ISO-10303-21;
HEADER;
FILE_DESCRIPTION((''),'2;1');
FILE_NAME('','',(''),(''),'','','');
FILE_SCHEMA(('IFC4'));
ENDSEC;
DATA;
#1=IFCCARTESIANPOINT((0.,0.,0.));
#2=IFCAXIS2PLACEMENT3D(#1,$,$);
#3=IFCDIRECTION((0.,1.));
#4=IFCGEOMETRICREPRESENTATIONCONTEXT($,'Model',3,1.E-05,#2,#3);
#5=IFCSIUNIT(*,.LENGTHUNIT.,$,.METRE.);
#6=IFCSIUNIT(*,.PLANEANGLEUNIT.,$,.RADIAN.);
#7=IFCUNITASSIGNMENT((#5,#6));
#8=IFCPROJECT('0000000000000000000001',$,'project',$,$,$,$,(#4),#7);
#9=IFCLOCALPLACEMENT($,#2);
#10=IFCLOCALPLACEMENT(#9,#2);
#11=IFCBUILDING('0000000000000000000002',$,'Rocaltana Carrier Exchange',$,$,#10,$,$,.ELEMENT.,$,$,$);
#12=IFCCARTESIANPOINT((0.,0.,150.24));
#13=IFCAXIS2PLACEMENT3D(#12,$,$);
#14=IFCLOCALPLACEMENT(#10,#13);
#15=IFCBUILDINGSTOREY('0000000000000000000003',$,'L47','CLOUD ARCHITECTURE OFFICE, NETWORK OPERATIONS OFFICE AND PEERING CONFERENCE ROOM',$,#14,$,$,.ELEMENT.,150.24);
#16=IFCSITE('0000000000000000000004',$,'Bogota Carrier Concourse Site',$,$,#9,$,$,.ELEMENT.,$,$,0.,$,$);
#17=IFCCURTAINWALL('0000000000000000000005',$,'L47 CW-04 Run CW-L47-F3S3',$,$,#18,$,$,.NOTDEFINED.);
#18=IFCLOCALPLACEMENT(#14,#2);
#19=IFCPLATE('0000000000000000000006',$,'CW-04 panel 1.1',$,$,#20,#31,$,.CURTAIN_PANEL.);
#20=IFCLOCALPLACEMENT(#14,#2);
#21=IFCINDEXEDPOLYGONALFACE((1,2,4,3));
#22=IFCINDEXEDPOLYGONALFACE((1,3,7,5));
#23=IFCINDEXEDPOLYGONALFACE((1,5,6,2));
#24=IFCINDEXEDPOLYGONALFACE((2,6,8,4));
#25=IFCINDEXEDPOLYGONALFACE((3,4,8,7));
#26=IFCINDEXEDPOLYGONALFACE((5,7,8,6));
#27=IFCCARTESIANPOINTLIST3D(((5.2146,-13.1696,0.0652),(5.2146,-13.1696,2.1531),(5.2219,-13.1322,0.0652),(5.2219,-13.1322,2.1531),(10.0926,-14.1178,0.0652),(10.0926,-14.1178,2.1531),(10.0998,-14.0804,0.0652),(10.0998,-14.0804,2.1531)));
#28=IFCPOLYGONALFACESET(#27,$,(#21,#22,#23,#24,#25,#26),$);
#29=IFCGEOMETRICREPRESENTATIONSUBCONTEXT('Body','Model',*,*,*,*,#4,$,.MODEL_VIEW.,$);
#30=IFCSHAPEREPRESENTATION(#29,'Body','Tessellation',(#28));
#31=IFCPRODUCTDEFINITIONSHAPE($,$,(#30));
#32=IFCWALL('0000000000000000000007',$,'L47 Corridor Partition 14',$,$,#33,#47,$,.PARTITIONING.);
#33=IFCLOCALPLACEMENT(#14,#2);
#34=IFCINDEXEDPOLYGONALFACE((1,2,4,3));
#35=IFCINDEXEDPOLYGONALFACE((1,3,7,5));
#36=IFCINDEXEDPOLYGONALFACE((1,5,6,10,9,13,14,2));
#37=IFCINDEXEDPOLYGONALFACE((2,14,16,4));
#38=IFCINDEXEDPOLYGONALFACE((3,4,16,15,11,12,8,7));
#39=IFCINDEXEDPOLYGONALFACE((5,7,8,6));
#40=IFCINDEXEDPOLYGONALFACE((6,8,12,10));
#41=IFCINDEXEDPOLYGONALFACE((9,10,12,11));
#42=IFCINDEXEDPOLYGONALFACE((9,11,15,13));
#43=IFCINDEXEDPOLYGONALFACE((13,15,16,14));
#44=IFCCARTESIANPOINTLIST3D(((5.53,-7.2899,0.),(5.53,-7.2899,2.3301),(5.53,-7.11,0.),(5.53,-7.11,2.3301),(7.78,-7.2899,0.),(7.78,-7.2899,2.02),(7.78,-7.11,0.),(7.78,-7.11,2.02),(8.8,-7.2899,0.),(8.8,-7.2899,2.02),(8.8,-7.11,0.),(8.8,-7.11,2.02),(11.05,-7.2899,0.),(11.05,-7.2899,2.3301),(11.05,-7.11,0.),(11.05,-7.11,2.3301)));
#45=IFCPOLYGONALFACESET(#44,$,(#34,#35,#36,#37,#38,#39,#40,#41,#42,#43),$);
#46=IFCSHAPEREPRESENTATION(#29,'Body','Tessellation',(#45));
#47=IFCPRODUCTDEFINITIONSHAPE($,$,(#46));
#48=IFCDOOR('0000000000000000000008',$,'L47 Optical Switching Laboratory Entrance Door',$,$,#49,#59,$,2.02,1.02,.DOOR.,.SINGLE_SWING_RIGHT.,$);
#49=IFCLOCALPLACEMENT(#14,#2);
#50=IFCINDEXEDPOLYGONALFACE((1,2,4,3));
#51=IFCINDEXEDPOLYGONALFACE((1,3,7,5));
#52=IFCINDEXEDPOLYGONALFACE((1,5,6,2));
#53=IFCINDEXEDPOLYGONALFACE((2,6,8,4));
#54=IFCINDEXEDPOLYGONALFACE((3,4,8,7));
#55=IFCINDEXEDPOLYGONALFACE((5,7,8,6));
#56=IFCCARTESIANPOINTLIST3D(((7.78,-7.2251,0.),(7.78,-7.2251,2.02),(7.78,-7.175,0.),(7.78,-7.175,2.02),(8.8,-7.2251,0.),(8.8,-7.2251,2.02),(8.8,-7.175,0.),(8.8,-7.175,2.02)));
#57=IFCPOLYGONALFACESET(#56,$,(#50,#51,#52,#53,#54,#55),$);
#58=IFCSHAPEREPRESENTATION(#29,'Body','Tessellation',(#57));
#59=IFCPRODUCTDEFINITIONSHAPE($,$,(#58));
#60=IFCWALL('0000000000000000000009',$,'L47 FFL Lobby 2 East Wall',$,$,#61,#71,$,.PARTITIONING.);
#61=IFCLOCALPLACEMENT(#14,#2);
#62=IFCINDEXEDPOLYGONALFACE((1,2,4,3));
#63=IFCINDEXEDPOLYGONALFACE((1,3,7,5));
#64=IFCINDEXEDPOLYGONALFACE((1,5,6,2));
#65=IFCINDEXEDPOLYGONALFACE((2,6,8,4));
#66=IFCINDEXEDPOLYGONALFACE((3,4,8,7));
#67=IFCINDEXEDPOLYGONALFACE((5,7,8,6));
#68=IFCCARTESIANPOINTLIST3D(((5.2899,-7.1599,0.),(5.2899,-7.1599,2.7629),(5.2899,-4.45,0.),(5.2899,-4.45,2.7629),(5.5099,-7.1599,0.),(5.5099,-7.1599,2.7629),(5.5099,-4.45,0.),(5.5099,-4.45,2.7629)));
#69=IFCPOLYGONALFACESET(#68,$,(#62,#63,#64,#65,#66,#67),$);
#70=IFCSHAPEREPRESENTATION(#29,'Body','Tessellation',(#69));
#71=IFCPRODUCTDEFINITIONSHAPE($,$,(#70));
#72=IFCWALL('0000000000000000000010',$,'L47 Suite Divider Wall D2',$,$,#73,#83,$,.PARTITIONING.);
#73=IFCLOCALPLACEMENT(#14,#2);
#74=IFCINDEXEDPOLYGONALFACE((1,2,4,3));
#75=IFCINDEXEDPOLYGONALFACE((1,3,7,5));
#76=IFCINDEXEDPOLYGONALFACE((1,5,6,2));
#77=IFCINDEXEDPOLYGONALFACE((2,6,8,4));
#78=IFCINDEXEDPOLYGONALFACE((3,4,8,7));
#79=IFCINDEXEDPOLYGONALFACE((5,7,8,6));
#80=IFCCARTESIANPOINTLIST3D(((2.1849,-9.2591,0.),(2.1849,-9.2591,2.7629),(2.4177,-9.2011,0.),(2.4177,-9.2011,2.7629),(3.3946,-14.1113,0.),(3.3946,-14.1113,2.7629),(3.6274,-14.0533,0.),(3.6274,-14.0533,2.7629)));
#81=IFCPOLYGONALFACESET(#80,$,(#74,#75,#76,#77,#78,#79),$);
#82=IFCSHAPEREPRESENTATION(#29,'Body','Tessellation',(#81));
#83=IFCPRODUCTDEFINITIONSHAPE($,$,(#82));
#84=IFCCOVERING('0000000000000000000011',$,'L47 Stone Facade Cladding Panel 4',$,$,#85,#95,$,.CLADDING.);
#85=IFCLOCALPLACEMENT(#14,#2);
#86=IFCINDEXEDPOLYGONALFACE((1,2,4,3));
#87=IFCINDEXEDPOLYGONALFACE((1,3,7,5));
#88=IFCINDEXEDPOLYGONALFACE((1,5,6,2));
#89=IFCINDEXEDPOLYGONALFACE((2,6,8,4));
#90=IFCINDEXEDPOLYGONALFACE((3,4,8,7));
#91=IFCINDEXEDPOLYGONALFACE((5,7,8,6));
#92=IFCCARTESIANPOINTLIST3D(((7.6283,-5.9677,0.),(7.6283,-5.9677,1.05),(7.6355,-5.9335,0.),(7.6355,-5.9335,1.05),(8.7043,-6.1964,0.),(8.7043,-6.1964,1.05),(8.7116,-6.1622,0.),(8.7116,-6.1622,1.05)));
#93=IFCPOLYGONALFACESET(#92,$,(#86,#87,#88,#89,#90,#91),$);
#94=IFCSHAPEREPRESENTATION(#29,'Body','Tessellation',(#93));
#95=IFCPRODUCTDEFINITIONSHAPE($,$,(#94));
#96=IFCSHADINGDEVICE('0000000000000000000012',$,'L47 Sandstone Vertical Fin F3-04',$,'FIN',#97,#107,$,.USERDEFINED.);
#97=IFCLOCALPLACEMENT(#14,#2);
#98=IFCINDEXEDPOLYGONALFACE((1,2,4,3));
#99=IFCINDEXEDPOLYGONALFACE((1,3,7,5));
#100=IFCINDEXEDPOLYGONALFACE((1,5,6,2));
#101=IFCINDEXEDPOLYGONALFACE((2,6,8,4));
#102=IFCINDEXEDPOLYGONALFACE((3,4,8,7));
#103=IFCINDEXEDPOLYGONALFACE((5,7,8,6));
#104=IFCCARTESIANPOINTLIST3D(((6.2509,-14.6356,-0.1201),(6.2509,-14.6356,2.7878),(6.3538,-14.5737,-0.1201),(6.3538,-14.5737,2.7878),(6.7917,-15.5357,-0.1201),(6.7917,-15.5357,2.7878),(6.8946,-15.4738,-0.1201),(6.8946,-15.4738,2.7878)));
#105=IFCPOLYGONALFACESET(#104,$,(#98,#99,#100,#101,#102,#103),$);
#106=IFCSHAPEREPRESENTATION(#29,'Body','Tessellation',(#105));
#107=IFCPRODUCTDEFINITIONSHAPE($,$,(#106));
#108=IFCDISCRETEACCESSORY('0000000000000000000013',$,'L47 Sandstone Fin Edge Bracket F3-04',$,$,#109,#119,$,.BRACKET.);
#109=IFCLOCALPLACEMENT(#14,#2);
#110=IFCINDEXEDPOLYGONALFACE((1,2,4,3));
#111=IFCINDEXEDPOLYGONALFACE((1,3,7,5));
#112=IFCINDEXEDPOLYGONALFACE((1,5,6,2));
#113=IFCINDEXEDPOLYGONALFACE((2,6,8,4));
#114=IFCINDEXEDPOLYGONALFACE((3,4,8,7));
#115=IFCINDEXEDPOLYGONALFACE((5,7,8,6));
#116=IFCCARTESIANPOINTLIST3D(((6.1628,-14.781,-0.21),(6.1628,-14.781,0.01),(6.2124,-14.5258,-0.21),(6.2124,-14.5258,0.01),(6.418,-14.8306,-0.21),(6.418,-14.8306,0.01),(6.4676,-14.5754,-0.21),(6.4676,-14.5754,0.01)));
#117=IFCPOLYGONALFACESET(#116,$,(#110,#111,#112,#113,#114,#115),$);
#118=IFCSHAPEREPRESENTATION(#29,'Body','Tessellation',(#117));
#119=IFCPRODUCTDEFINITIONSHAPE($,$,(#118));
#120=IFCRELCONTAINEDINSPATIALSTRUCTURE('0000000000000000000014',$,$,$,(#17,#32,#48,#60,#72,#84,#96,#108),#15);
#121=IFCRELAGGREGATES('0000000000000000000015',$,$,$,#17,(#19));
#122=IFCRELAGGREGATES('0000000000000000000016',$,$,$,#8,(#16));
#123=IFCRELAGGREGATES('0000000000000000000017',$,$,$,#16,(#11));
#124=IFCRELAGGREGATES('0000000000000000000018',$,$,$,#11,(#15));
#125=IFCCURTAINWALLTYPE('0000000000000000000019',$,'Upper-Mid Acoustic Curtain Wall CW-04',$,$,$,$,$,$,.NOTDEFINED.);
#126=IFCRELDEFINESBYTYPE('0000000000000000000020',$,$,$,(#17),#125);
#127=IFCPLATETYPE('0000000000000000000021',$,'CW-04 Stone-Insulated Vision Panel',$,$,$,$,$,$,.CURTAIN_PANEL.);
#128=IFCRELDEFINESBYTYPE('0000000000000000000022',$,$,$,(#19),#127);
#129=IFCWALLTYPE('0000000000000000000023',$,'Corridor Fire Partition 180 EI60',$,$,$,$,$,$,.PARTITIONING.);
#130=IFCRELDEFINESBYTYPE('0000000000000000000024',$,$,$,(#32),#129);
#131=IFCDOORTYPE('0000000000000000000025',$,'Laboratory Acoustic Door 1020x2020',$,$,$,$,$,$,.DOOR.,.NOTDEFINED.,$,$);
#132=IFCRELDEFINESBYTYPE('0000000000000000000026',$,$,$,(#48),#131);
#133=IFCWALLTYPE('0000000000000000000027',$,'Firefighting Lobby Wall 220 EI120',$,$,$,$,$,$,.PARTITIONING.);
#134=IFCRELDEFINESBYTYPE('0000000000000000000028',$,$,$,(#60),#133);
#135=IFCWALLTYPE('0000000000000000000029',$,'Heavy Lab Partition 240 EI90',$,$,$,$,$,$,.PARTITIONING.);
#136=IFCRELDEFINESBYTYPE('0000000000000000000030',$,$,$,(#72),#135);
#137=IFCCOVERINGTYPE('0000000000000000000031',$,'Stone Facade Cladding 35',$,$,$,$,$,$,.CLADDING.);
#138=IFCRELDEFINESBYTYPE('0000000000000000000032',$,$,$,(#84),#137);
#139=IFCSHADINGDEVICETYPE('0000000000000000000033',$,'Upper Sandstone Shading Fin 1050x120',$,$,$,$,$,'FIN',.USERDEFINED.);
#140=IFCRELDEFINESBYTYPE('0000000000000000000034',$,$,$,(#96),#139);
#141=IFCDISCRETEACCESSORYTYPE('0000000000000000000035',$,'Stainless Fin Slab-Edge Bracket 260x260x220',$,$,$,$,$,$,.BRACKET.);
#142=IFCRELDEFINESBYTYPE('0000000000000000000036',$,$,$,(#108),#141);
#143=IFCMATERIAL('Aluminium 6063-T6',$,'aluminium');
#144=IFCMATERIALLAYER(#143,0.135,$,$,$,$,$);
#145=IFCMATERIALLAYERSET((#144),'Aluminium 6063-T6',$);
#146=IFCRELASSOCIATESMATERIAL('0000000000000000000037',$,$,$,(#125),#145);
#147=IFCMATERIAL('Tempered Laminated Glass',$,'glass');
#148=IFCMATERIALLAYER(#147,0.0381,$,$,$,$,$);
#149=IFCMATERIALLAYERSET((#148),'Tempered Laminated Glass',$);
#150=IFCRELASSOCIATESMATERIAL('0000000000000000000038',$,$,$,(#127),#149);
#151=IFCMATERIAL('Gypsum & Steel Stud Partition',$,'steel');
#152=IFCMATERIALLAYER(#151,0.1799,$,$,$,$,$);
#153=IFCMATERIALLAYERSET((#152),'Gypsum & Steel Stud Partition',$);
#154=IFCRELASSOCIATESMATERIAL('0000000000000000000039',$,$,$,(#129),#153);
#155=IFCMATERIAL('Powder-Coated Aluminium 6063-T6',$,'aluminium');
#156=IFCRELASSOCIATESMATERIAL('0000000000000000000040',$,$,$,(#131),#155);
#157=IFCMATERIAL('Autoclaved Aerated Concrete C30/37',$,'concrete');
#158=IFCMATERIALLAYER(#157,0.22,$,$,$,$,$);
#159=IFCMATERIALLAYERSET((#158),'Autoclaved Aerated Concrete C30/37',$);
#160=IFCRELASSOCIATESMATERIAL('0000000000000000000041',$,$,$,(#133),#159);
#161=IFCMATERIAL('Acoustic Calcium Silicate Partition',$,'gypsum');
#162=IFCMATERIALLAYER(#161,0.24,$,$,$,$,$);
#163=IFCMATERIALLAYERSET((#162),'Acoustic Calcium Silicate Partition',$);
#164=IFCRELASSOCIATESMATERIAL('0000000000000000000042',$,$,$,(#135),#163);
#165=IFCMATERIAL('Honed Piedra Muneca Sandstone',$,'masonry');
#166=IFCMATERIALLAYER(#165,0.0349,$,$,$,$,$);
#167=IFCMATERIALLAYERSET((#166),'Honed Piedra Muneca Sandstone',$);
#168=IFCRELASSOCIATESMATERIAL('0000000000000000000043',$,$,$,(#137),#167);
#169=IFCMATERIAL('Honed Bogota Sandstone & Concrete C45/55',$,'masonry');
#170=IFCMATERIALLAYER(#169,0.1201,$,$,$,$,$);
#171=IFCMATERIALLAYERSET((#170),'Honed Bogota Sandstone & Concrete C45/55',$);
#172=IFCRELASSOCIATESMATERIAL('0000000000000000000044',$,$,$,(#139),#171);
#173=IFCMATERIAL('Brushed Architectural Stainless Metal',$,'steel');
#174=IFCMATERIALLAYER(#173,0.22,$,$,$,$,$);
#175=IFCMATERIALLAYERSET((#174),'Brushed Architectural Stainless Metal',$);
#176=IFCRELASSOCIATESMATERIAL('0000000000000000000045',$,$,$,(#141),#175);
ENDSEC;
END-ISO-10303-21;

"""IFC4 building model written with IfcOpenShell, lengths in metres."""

from ifc_helpers import new_model, si_unit, direction, frame, frame_2d, origin, origin_2d, place, context, subcontext, project, spatial, rectangle, extrude, material, layer, layer_set, type_object, element, fill, aggregate, save


model = new_model("IFC4")

# Units and contexts
model_context = context("Model", 3, precision=1e-05, world=origin(), true_north=direction((0.0, 1.0)))
body_context = subcontext(model_context, "Body", "Model", "MODEL_VIEW")
ifc_project = project(units=[si_unit("LENGTHUNIT", "METRE"), si_unit("PLANEANGLEUNIT", "RADIAN")], contexts=[model_context])

# Site, building, storey
site_placement = place(None, origin())
site = spatial("IfcSite", under=ifc_project, at=site_placement, Name="Bogota Carrier Concourse Site", CompositionType="ELEMENT", RefElevation=0.0)
building_placement = place(site_placement, origin())
building = spatial("IfcBuilding", under=site, at=building_placement, Name="Rocaltana Carrier Exchange", CompositionType="ELEMENT")
storey_placement = place(building_placement, frame((0.0, 0.0, 150.24)))
storey = spatial("IfcBuildingStorey", under=building, at=storey_placement, Name="L47", Description="CLOUD ARCHITECTURE OFFICE, NETWORK OPERATIONS OFFICE AND PEERING CONFERENCE ROOM", CompositionType="ELEMENT", Elevation=150.24)

# Shared definitions
ifc_material_1 = material(Name="Aluminium 6063-T6", Category="aluminium")
ifc_layer_1 = layer(ifc_material_1, 0.135)
ifc_layer_set_1 = layer_set([ifc_layer_1], Name="Aluminium 6063-T6")
curtain_wall_type = type_object("IfcCurtainWallType", Name="Upper-Mid Acoustic Curtain Wall CW-04", PredefinedType="NOTDEFINED", material=ifc_layer_set_1)

# Curtain wall
curtain_wall_1_placement = place(storey_placement, origin())
curtain_wall_1 = element("IfcCurtainWall", 1, at=curtain_wall_1_placement, inside=storey, type_object=curtain_wall_type, Name="L47 CW-04 Run CW-L47-F3S3", PredefinedType="NOTDEFINED")

# Plate
ifc_material_2 = material(Name="Tempered Laminated Glass", Category="glass")
ifc_layer_2 = layer(ifc_material_2, 0.0381)
ifc_layer_set_2 = layer_set([ifc_layer_2], Name="Tempered Laminated Glass")
plate_type = type_object("IfcPlateType", Name="CW-04 Stone-Insulated Vision Panel", PredefinedType="CURTAIN_PANEL", material=ifc_layer_set_2)
plate_placement = place(storey_placement, frame((7.6572, -13.625, 0.0652), z_axis=(0.0, 0.0, 1.0), x_axis=(0.981628, -0.190805, 0.0)))
plate = element("IfcPlate", 2, at=plate_placement, type_object=plate_type, Name="CW-04 panel 1.1", PredefinedType="CURTAIN_PANEL", context=body_context, shape_type="SweptSolid", body=[
    extrude(rectangle(XDim=4.9692, YDim=0.0381, at=origin_2d()), origin(), (0.0, 0.0, 1.0), 2.0879),
])
aggregate(curtain_wall_1, [plate])

# Wall, opening, door
ifc_material_3 = material(Name="Gypsum & Steel Stud Partition", Category="steel")
ifc_layer_3 = layer(ifc_material_3, 0.1799)
ifc_layer_set_3 = layer_set([ifc_layer_3], Name="Gypsum & Steel Stud Partition")
wall_type_1 = type_object("IfcWallType", Name="Corridor Fire Partition 180 EI60", PredefinedType="PARTITIONING", material=ifc_layer_set_3)
wall_1_placement = place(storey_placement, frame((5.53, -7.2, 0.0), z_axis=(0.0, 0.0, 1.0), x_axis=(1.0, 0.0, 0.0)))
wall_1 = element("IfcWall", 3, at=wall_1_placement, inside=storey, type_object=wall_type_1, Name="L47 Corridor Partition 14", PredefinedType="PARTITIONING", context=body_context, shape_type="SweptSolid", body=[
    extrude(rectangle(XDim=5.52, YDim=0.1799, at=frame_2d((2.76, 0.0))), origin(), (0.0, 0.0, 1.0), 2.3301),
])
opening_placement = place(wall_1_placement, frame((2.25, 0.0, 0.0)))
opening = element("IfcOpeningElement", 4, at=opening_placement, cuts=wall_1, PredefinedType="OPENING", context=body_context, shape_type="SweptSolid", body=[
    extrude(rectangle(XDim=1.02, YDim=2.02, at=frame_2d((0.51, 1.01))), frame((0.0, 0.0999, 0.0), z_axis=(0.0, -1.0, 0.0), x_axis=(1.0, 0.0, 0.0)), (0.0, 0.0, 1.0), 0.2),
])
ifc_material_4 = material(Name="Powder-Coated Aluminium 6063-T6", Category="aluminium")
door_type = type_object("IfcDoorType", Name="Laboratory Acoustic Door 1020x2020", OperationType="NOTDEFINED", PredefinedType="DOOR", material=ifc_material_4)
door_placement = place(opening_placement, origin())
door = element("IfcDoor", 5, at=door_placement, inside=storey, type_object=door_type, Name="L47 Optical Switching Laboratory Entrance Door", OperationType="SINGLE_SWING_RIGHT", OverallHeight=2.02, OverallWidth=1.02, PredefinedType="DOOR", context=body_context, shape_type="SweptSolid", body=[
    extrude(rectangle(XDim=1.02, YDim=2.02, at=frame_2d((0.51, 1.01))), frame((0.0, 0.0249, 0.0), z_axis=(0.0, -1.0, 0.0), x_axis=(1.0, 0.0, 0.0)), (0.0, 0.0, 1.0), 0.05),
])
fill(opening, door)

# Walls
ifc_material_5 = material(Name="Autoclaved Aerated Concrete C30/37", Category="concrete")
ifc_layer_4 = layer(ifc_material_5, 0.22)
ifc_layer_set_4 = layer_set([ifc_layer_4], Name="Autoclaved Aerated Concrete C30/37")
wall_type_2 = type_object("IfcWallType", Name="Firefighting Lobby Wall 220 EI120", PredefinedType="PARTITIONING", material=ifc_layer_set_4)
wall_2_placement = place(storey_placement, frame((5.3999, -7.1599, 0.0), z_axis=(0.0, 0.0, 1.0), x_axis=(0.0, 1.0, 0.0)))
element("IfcWall", 6, at=wall_2_placement, inside=storey, type_object=wall_type_2, Name="L47 FFL Lobby 2 East Wall", PredefinedType="PARTITIONING", context=body_context, shape_type="SweptSolid", body=[
    extrude(rectangle(XDim=2.71, YDim=0.22, at=frame_2d((1.355, 0.0))), origin(), (0.0, 0.0, 1.0), 2.7629),
])
ifc_material_6 = material(Name="Acoustic Calcium Silicate Partition", Category="gypsum")
ifc_layer_5 = layer(ifc_material_6, 0.24)
ifc_layer_set_5 = layer_set([ifc_layer_5], Name="Acoustic Calcium Silicate Partition")
wall_type_3 = type_object("IfcWallType", Name="Heavy Lab Partition 240 EI90", PredefinedType="PARTITIONING", material=ifc_layer_set_5)
wall_3_placement = place(storey_placement, frame((2.3013, -9.23, 0.0), z_axis=(0.0, 0.0, 1.0), x_axis=(0.241904, -0.9703, 0.0)))
element("IfcWall", 7, at=wall_3_placement, inside=storey, type_object=wall_type_3, Name="L47 Suite Divider Wall D2", PredefinedType="PARTITIONING", context=body_context, shape_type="SweptSolid", body=[
    extrude(rectangle(XDim=5.0007, YDim=0.24, at=frame_2d((2.5005, 0.0))), origin(), (0.0, 0.0, 1.0), 2.7629),
])

# Covering
ifc_material_7 = material(Name="Honed Piedra Muneca Sandstone", Category="masonry")
ifc_layer_6 = layer(ifc_material_7, 0.0349)
ifc_layer_set_6 = layer_set([ifc_layer_6], Name="Honed Piedra Muneca Sandstone")
covering_type = type_object("IfcCoveringType", Name="Stone Facade Cladding 35", PredefinedType="CLADDING", material=ifc_layer_set_6)
covering_placement = place(storey_placement, frame((8.1699, -6.0649, 0.0), z_axis=(0.0, 0.0, 1.0), x_axis=(-0.978148, 0.207912, 0.0)))
element("IfcCovering", 8, at=covering_placement, inside=storey, type_object=covering_type, Name="L47 Stone Facade Cladding Panel 4", PredefinedType="CLADDING", context=body_context, shape_type="SweptSolid", body=[
    extrude(rectangle(XDim=1.1001, YDim=0.0349, at=origin_2d()), origin(), (0.0, 0.0, 1.0), 1.05),
])

# Shading device
ifc_material_8 = material(Name="Honed Bogota Sandstone & Concrete C45/55", Category="masonry")
ifc_layer_7 = layer(ifc_material_8, 0.1201)
ifc_layer_set_7 = layer_set([ifc_layer_7], Name="Honed Bogota Sandstone & Concrete C45/55")
shading_device_type = type_object("IfcShadingDeviceType", Name="Upper Sandstone Shading Fin 1050x120", ElementType="FIN", PredefinedType="USERDEFINED", material=ifc_layer_set_7)
shading_device_placement = place(storey_placement, frame((6.5728, -15.0547, -0.1201), z_axis=(0.0, 0.0, 1.0), x_axis=(0.515038, -0.857167, 0.0)))
element("IfcShadingDevice", 9, at=shading_device_placement, inside=storey, type_object=shading_device_type, Name="L47 Sandstone Vertical Fin F3-04", ObjectType="FIN", PredefinedType="USERDEFINED", context=body_context, shape_type="SweptSolid", body=[
    extrude(rectangle(XDim=1.05, YDim=0.1201, at=origin_2d()), origin(), (0.0, 0.0, 1.0), 2.908),
])

# Discrete accessory
ifc_material_9 = material(Name="Brushed Architectural Stainless Metal", Category="steel")
ifc_layer_8 = layer(ifc_material_9, 0.22)
ifc_layer_set_8 = layer_set([ifc_layer_8], Name="Brushed Architectural Stainless Metal")
discrete_accessory_type = type_object("IfcDiscreteAccessoryType", Name="Stainless Fin Slab-Edge Bracket 260x260x220", PredefinedType="BRACKET", material=ifc_layer_set_8)
discrete_accessory_placement = place(storey_placement, frame((6.3152, -14.6782, -0.21), z_axis=(0.0, 0.0, 1.0), x_axis=(0.981627, -0.190809, 0.0)))
element("IfcDiscreteAccessory", 10, at=discrete_accessory_placement, inside=storey, type_object=discrete_accessory_type, Name="L47 Sandstone Fin Edge Bracket F3-04", PredefinedType="BRACKET", context=body_context, shape_type="SweptSolid", body=[
    extrude(rectangle(XDim=0.26, YDim=0.26, at=origin_2d()), origin(), (0.0, 0.0, 1.0), 0.22),
])

save(model, "model.ifc")
